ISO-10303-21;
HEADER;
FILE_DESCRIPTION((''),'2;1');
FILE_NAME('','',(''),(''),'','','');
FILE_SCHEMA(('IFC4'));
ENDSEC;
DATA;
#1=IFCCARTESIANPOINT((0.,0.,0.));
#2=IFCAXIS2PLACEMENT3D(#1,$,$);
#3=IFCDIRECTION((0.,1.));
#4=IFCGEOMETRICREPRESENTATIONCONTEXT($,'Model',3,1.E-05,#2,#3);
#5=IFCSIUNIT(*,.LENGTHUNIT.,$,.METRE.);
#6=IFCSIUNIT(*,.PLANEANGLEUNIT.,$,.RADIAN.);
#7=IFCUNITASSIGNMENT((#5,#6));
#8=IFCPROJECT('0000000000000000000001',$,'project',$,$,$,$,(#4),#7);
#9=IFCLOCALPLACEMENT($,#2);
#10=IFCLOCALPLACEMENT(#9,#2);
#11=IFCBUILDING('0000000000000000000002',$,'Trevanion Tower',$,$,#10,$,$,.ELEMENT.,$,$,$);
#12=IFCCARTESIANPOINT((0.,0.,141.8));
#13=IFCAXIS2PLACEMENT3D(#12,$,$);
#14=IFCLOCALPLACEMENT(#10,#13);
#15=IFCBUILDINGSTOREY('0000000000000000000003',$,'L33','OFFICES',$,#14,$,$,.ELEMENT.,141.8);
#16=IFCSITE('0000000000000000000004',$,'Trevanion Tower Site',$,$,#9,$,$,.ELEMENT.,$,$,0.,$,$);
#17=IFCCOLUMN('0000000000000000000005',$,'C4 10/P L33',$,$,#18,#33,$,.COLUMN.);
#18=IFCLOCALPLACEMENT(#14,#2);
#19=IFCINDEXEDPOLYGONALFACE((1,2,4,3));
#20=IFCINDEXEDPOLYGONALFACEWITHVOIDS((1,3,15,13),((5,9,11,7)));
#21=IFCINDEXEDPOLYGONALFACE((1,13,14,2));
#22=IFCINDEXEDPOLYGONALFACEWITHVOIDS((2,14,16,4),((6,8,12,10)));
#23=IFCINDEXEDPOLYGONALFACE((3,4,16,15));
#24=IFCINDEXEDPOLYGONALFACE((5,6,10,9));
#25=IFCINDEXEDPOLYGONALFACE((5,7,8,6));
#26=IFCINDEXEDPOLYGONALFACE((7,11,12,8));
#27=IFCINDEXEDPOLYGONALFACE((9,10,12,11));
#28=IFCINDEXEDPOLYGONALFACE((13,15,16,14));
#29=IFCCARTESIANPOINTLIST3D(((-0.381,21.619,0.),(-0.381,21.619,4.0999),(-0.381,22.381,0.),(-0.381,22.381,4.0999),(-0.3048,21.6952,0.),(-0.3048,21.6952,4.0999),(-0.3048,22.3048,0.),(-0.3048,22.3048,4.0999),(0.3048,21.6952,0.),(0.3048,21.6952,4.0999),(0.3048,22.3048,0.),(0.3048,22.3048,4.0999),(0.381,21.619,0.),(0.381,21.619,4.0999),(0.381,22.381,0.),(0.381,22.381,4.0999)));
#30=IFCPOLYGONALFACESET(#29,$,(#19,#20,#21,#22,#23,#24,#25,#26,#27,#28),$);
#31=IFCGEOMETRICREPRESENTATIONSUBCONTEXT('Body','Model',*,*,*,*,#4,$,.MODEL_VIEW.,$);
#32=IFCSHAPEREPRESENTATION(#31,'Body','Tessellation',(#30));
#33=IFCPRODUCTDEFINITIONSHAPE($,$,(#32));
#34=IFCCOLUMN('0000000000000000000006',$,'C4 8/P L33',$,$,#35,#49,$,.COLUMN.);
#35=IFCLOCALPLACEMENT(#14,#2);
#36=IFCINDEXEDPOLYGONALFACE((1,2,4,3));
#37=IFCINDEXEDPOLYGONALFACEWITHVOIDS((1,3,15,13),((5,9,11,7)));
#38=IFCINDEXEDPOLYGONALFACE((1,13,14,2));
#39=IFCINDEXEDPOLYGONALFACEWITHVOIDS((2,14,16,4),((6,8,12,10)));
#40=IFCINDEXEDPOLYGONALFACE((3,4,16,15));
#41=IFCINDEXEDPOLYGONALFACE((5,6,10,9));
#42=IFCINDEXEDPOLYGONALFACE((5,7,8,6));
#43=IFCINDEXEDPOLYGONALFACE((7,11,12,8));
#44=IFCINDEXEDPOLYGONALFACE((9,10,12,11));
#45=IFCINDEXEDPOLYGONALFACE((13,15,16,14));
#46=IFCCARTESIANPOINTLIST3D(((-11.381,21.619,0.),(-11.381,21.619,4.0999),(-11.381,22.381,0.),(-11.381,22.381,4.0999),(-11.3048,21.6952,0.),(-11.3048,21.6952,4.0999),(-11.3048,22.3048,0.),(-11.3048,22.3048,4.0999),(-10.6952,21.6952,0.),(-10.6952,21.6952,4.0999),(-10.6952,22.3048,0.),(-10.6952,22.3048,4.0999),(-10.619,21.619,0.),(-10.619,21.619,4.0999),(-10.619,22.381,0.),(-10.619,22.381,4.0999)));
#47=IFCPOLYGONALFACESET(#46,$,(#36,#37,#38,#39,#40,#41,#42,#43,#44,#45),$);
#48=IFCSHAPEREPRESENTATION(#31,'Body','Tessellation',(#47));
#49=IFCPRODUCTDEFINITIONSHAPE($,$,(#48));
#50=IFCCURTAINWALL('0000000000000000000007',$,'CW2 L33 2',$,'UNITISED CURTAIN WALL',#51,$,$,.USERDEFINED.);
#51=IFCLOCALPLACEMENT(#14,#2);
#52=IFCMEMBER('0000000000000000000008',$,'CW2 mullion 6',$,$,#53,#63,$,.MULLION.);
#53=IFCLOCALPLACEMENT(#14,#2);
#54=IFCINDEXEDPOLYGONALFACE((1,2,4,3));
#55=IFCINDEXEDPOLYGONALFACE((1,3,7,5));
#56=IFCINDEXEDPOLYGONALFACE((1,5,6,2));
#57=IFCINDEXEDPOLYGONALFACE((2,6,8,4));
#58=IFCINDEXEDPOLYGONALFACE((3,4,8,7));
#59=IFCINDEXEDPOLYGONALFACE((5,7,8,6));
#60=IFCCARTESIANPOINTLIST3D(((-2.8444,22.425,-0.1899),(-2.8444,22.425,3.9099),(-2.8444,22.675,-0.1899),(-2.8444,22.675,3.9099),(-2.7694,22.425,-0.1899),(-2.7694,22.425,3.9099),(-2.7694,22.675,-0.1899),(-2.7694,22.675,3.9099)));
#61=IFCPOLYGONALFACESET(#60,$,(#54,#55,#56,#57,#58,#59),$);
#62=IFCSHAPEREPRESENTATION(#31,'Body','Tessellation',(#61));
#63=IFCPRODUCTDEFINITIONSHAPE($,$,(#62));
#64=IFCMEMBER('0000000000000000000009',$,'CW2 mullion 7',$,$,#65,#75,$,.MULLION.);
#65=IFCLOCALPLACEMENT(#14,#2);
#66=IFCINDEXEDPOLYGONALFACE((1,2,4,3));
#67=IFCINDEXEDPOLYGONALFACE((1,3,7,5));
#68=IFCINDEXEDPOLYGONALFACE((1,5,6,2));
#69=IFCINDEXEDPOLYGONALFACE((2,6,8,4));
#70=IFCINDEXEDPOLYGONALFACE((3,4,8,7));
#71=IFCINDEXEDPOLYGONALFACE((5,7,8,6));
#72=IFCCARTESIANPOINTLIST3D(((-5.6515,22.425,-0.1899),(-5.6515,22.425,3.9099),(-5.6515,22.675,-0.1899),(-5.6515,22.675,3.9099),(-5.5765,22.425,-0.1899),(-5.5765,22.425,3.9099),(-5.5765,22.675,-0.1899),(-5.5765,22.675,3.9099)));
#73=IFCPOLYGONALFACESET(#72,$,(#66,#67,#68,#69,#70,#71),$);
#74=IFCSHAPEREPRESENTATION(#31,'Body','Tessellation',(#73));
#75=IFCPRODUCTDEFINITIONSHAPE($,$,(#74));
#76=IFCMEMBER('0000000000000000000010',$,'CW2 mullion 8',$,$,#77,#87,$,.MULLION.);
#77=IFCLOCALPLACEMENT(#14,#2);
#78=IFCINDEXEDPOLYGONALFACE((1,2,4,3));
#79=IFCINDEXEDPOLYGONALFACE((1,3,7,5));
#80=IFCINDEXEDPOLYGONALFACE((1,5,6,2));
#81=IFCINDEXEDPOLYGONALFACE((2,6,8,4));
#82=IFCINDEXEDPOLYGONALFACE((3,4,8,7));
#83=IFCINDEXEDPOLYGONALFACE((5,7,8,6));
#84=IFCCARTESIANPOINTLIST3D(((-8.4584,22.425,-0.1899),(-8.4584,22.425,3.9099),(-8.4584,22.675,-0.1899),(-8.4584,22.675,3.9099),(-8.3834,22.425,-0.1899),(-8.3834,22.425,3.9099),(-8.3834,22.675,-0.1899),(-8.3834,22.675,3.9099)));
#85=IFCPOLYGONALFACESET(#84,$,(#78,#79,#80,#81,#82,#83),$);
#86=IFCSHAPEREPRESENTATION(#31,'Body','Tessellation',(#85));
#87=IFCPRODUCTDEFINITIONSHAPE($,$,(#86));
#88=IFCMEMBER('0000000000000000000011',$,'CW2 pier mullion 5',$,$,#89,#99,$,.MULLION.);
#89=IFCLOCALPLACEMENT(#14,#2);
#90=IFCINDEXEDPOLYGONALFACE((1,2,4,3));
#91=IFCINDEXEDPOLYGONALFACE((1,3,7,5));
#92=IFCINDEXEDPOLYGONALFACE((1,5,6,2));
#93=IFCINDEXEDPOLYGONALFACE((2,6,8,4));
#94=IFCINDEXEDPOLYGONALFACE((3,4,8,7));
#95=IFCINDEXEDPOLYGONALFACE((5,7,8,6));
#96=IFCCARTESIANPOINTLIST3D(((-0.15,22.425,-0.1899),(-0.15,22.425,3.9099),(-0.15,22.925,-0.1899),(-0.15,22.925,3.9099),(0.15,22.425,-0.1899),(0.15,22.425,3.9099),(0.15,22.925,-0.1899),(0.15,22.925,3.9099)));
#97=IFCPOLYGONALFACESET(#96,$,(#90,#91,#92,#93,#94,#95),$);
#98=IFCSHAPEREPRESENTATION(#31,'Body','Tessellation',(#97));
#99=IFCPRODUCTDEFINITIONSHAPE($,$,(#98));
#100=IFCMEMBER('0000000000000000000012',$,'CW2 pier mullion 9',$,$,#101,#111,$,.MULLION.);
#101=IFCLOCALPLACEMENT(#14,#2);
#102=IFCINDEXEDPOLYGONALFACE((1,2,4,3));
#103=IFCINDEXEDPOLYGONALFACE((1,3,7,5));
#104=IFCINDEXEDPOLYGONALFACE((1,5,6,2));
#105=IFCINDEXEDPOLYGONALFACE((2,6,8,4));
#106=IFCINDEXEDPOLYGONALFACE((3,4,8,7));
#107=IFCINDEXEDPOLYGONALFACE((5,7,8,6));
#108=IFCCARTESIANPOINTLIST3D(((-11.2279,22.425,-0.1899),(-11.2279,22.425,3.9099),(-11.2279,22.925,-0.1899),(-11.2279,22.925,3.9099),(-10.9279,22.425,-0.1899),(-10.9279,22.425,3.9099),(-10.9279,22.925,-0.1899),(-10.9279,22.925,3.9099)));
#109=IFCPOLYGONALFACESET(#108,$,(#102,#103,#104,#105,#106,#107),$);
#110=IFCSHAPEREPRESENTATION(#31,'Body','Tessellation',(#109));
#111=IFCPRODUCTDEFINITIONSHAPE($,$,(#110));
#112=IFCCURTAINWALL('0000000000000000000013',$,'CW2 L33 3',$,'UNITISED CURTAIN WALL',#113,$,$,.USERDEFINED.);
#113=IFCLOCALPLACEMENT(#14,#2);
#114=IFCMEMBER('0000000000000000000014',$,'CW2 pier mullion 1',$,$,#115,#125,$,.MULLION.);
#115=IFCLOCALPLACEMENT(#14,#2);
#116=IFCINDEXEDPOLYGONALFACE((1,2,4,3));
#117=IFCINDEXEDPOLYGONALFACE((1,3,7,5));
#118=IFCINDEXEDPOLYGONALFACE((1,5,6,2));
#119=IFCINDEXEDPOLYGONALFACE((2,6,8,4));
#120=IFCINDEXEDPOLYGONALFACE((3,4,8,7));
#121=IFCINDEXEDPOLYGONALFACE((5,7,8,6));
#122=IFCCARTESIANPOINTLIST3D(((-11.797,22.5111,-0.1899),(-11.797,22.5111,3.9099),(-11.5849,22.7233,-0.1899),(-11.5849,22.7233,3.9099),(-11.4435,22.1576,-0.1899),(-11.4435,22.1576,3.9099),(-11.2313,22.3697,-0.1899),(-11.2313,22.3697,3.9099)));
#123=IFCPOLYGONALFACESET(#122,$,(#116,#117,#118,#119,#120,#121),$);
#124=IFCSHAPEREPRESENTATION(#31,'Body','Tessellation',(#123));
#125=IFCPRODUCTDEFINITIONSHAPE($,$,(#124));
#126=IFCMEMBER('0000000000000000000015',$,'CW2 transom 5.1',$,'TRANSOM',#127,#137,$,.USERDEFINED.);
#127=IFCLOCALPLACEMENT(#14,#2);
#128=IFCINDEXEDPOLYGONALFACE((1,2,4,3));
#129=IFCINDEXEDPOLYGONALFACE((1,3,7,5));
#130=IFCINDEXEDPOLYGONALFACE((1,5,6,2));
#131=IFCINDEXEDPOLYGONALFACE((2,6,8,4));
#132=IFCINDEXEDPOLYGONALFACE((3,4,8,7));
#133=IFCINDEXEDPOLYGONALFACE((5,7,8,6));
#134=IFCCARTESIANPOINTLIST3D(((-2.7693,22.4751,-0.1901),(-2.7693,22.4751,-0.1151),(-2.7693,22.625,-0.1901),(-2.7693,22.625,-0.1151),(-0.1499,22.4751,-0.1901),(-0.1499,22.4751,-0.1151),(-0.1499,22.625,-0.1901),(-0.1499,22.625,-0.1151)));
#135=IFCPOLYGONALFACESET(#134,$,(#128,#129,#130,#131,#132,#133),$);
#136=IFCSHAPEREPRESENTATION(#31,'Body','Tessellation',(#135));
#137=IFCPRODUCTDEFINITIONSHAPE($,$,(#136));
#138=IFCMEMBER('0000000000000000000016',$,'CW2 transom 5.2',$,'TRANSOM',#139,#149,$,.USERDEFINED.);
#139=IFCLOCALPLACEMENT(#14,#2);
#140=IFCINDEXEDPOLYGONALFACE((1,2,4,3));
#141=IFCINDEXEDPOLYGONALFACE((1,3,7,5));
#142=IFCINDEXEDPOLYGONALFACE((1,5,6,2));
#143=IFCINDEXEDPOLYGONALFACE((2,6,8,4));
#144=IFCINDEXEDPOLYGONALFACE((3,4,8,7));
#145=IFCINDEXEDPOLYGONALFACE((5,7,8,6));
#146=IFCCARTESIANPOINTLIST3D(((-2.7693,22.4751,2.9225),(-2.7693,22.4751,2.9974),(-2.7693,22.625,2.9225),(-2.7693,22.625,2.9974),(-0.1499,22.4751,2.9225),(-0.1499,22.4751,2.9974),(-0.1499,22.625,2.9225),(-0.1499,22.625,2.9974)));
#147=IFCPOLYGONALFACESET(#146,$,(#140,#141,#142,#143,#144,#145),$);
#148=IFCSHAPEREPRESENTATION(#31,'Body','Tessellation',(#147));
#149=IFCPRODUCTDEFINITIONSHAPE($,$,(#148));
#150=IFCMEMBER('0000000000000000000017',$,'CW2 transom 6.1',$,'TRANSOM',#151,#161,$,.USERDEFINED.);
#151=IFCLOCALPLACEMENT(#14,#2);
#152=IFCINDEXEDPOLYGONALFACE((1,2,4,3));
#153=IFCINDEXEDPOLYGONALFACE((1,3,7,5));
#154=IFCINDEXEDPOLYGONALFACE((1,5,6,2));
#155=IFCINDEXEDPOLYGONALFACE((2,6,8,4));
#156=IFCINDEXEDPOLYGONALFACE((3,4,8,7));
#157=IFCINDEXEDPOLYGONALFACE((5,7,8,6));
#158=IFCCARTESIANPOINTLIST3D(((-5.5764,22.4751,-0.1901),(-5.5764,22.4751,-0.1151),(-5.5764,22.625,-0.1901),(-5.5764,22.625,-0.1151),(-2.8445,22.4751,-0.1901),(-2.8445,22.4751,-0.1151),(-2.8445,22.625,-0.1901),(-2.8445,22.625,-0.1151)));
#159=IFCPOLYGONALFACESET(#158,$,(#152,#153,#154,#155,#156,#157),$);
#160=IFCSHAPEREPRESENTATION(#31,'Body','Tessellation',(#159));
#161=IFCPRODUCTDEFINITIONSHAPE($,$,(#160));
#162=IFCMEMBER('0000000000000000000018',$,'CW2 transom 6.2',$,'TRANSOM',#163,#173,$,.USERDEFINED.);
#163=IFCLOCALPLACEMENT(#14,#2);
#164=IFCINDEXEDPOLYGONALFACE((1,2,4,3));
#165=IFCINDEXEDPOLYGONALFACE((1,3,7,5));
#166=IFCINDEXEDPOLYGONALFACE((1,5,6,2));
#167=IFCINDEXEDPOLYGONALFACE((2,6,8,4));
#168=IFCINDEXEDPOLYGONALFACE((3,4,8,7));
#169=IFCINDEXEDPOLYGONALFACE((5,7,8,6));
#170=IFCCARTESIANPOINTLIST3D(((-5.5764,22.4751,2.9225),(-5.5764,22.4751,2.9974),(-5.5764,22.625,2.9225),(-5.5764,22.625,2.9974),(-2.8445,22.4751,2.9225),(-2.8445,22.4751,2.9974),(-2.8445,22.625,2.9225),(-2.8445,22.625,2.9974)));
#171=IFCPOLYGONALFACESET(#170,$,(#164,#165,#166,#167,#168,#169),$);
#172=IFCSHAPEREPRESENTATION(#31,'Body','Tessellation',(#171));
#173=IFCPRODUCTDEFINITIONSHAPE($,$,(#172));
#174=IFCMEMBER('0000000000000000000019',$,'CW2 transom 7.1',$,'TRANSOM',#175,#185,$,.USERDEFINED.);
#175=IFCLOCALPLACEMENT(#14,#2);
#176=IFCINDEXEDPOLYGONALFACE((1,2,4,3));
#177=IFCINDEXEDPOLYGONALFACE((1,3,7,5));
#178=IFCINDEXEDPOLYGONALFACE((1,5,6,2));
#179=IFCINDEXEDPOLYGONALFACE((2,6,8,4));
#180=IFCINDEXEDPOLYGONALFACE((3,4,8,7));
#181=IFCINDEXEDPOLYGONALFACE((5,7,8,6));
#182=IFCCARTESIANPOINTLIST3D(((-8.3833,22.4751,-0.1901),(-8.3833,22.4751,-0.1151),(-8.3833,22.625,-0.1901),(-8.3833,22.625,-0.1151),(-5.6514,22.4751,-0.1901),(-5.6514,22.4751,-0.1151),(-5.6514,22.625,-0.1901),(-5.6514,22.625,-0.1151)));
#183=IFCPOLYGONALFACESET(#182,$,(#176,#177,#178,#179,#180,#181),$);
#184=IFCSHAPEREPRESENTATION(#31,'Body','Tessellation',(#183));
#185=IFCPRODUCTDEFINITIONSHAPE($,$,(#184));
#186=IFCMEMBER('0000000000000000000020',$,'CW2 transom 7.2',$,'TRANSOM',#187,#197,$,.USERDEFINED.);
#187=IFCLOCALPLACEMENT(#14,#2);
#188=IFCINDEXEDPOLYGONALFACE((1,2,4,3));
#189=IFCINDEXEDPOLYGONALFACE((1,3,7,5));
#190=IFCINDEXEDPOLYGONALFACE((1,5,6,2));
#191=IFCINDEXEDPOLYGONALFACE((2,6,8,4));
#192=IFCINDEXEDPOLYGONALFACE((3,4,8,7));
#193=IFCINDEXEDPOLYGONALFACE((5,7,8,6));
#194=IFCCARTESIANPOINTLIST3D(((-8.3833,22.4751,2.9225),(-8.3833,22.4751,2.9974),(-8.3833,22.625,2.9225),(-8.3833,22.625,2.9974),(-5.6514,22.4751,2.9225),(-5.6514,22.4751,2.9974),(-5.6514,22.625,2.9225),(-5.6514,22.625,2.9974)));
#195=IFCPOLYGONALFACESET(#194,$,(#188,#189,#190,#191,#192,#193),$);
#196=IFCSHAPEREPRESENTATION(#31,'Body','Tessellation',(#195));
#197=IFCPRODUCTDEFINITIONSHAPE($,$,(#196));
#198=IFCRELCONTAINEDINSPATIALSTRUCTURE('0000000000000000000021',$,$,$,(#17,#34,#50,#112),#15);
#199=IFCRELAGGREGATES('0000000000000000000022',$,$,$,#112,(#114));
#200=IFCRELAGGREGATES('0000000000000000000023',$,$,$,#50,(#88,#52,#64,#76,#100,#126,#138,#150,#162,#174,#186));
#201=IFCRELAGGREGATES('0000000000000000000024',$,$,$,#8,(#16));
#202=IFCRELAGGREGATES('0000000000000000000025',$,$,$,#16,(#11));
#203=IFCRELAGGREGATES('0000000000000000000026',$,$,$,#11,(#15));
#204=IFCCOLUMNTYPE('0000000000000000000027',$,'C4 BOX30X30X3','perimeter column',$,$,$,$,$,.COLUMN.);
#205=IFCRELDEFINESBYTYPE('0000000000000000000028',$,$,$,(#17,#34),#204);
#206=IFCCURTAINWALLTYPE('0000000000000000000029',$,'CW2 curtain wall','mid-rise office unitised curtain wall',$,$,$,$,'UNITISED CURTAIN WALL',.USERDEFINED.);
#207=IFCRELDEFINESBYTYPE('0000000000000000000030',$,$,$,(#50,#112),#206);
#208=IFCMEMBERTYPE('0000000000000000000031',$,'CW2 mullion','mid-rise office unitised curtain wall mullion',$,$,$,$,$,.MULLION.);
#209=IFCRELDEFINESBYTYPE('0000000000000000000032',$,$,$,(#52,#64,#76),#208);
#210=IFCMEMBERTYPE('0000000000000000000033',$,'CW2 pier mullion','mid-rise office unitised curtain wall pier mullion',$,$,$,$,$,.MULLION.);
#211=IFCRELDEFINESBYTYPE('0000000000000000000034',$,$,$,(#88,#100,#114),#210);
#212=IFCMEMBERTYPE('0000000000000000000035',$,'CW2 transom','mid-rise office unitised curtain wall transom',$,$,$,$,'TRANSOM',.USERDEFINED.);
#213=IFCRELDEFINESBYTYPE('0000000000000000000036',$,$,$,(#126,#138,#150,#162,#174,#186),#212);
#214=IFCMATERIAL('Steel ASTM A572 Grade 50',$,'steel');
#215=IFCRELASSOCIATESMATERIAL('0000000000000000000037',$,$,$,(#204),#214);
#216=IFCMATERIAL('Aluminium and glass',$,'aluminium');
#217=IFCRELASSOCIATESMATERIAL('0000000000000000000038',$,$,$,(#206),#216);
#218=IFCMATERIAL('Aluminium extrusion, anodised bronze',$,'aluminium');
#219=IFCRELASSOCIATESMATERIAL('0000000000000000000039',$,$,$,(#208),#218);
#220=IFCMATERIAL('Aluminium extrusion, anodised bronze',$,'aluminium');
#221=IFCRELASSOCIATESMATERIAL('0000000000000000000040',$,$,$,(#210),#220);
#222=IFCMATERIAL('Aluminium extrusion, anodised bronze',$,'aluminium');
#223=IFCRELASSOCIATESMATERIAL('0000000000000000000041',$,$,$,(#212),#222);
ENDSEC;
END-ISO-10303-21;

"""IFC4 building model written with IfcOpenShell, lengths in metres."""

from ifc_helpers import new_model, si_unit, direction, frame, origin, origin_2d, place, context, subcontext, project, spatial, rectangle, hollow_rectangle, extrude, material, material_profile, profile_set, type_object, element, aggregate, save


model = new_model("IFC4")

# Units and contexts
model_context = context("Model", 3, precision=1e-05, world=origin(), true_north=direction((0.0, 1.0)))
body_context = subcontext(model_context, "Body", "Model", "MODEL_VIEW")
ifc_project = project(units=[si_unit("LENGTHUNIT", "METRE"), si_unit("PLANEANGLEUNIT", "RADIAN")], contexts=[model_context])

# Site, building, storey
site_placement = place(None, origin())
site = spatial("IfcSite", under=ifc_project, at=site_placement, Name="Trevanion Tower Site", CompositionType="ELEMENT", RefElevation=0.0)
building_placement = place(site_placement, origin())
building = spatial("IfcBuilding", under=site, at=building_placement, Name="Trevanion Tower", CompositionType="ELEMENT")
storey_placement = place(building_placement, frame((0.0, 0.0, 141.8)))
storey = spatial("IfcBuildingStorey", under=building, at=storey_placement, Name="L33", Description="OFFICES", CompositionType="ELEMENT", Elevation=141.8)

# Columns
ifc_material_1 = material(Name="Steel ASTM A572 Grade 50", Category="steel")
ifc_material_profile_1 = material_profile(ifc_material_1, hollow_rectangle(XDim=0.762, YDim=0.762, WallThickness=0.0762, at=origin_2d()), Name="BOX30X30X3")
ifc_profile_set_1 = profile_set([ifc_material_profile_1], Name="Steel ASTM A572 Grade 50")
column_type = type_object("IfcColumnType", Name="C4 BOX30X30X3", Description="perimeter column", PredefinedType="COLUMN", material=ifc_profile_set_1)
for number, where, z_axis, x_axis, name in (
    (1, (0.0, 22.0, 0.0), (0.0, 0.0, 1.0), (1.0, 0.0, 0.0), "C4 10/P L33"),
    (2, (-11.0, 22.0, 0.0), (0.0, 0.0, 1.0), (1.0, 0.0, 0.0), "C4 8/P L33"),
):
    element("IfcColumn", number, at=place(storey_placement, frame(where, z_axis=z_axis, x_axis=x_axis)), inside=storey, type_object=column_type, Name=name, PredefinedType="COLUMN", context=body_context, shape_type="SweptSolid", body=[
        extrude(hollow_rectangle(XDim=0.762, YDim=0.762, WallThickness=0.0762, at=origin_2d()), origin(), (0.0, 0.0, 1.0), 4.0999),
    ])

# Curtain wall, members
ifc_material_2 = material(Name="Aluminium and glass", Category="aluminium")
curtain_wall_type = type_object("IfcCurtainWallType", Name="CW2 curtain wall", Description="mid-rise office unitised curtain wall", ElementType="UNITISED CURTAIN WALL", PredefinedType="USERDEFINED", material=ifc_material_2)
curtain_wall_1_placement = place(storey_placement, origin())
curtain_wall_1 = element("IfcCurtainWall", 3, at=curtain_wall_1_placement, inside=storey, type_object=curtain_wall_type, Name="CW2 L33 2", ObjectType="UNITISED CURTAIN WALL", PredefinedType="USERDEFINED")
ifc_material_3 = material(Name="Aluminium extrusion, anodised bronze", Category="aluminium")
ifc_material_profile_2 = material_profile(ifc_material_3, rectangle(XDim=0.075, YDim=0.25, at=origin_2d()), Name="CW2 mullion")
ifc_profile_set_2 = profile_set([ifc_material_profile_2], Name="Aluminium extrusion, anodised bronze")
member_type_1 = type_object("IfcMemberType", Name="CW2 mullion", Description="mid-rise office unitised curtain wall mullion", PredefinedType="MULLION", material=ifc_profile_set_2)
member_1_placement = place(storey_placement, frame((-2.8069, 22.55, -0.1899), z_axis=(0.0, 0.0, 1.0), x_axis=(-1.0, 0.0, 0.0)))
member_1 = element("IfcMember", 4, at=member_1_placement, type_object=member_type_1, Name="CW2 mullion 6", PredefinedType="MULLION", context=body_context, shape_type="SweptSolid", body=[
    extrude(rectangle(XDim=0.075, YDim=0.25, at=origin_2d()), origin(), (0.0, 0.0, 1.0), 4.0999),
])
member_2_placement = place(storey_placement, frame((-5.614, 22.55, -0.1899), z_axis=(0.0, 0.0, 1.0), x_axis=(-1.0, 0.0, 0.0)))
member_2 = element("IfcMember", 5, at=member_2_placement, type_object=member_type_1, Name="CW2 mullion 7", PredefinedType="MULLION", context=body_context, shape_type="SweptSolid", body=[
    extrude(rectangle(XDim=0.075, YDim=0.25, at=origin_2d()), origin(), (0.0, 0.0, 1.0), 4.0999),
])
member_3_placement = place(storey_placement, frame((-8.4209, 22.55, -0.1899), z_axis=(0.0, 0.0, 1.0), x_axis=(-1.0, 0.0, 0.0)))
member_3 = element("IfcMember", 6, at=member_3_placement, type_object=member_type_1, Name="CW2 mullion 8", PredefinedType="MULLION", context=body_context, shape_type="SweptSolid", body=[
    extrude(rectangle(XDim=0.075, YDim=0.25, at=origin_2d()), origin(), (0.0, 0.0, 1.0), 4.0999),
])
ifc_material_4 = material(Name="Aluminium extrusion, anodised bronze", Category="aluminium")
ifc_material_profile_3 = material_profile(ifc_material_4, rectangle(XDim=0.3, YDim=0.5, at=origin_2d()), Name="CW2 pier mullion")
ifc_profile_set_3 = profile_set([ifc_material_profile_3], Name="Aluminium extrusion, anodised bronze")
member_type_2 = type_object("IfcMemberType", Name="CW2 pier mullion", Description="mid-rise office unitised curtain wall pier mullion", PredefinedType="MULLION", material=ifc_profile_set_3)
member_4_placement = place(storey_placement, frame((0.0, 22.675, -0.1899), z_axis=(0.0, 0.0, 1.0), x_axis=(-1.0, 0.0, 0.0)))
member_4 = element("IfcMember", 7, at=member_4_placement, type_object=member_type_2, Name="CW2 pier mullion 5", PredefinedType="MULLION", context=body_context, shape_type="SweptSolid", body=[
    extrude(rectangle(XDim=0.3, YDim=0.5, at=origin_2d()), origin(), (0.0, 0.0, 1.0), 4.0999),
])
member_5_placement = place(storey_placement, frame((-11.0779, 22.675, -0.1899), z_axis=(0.0, 0.0, 1.0), x_axis=(-1.0, 0.0, 0.0)))
member_5 = element("IfcMember", 8, at=member_5_placement, type_object=member_type_2, Name="CW2 pier mullion 9", PredefinedType="MULLION", context=body_context, shape_type="SweptSolid", body=[
    extrude(rectangle(XDim=0.3, YDim=0.5, at=origin_2d()), origin(), (0.0, 0.0, 1.0), 4.0999),
])

# Curtain wall, member
curtain_wall_2_placement = place(storey_placement, origin())
curtain_wall_2 = element("IfcCurtainWall", 9, at=curtain_wall_2_placement, inside=storey, type_object=curtain_wall_type, Name="CW2 L33 3", ObjectType="UNITISED CURTAIN WALL", PredefinedType="USERDEFINED")
member_6_placement = place(storey_placement, frame((-11.5142, 22.4404, -0.1899), z_axis=(0.0, 0.0, 1.0), x_axis=(-0.707107, -0.707107, 0.0)))
member_6 = element("IfcMember", 10, at=member_6_placement, type_object=member_type_2, Name="CW2 pier mullion 1", PredefinedType="MULLION", context=body_context, shape_type="SweptSolid", body=[
    extrude(rectangle(XDim=0.3, YDim=0.5, at=origin_2d()), origin(), (0.0, 0.0, 1.0), 4.0999),
])
aggregate(curtain_wall_2, [member_6])

# Members
ifc_material_5 = material(Name="Aluminium extrusion, anodised bronze", Category="aluminium")
ifc_material_profile_4 = material_profile(ifc_material_5, rectangle(XDim=0.1499, YDim=0.075, at=origin_2d()), Name="CW2 transom")
ifc_profile_set_4 = profile_set([ifc_material_profile_4], Name="Aluminium extrusion, anodised bronze")
member_type_3 = type_object("IfcMemberType", Name="CW2 transom", Description="mid-rise office unitised curtain wall transom", ElementType="TRANSOM", PredefinedType="USERDEFINED", material=ifc_profile_set_4)
member_7_placement = place(storey_placement, frame((-0.1499, 22.55, -0.1526), z_axis=(-1.0, 0.0, 0.0), x_axis=(0.0, -1.0, 0.0)))
member_7 = element("IfcMember", 11, at=member_7_placement, type_object=member_type_3, Name="CW2 transom 5.1", ObjectType="TRANSOM", PredefinedType="USERDEFINED", context=body_context, shape_type="SweptSolid", body=[
    extrude(rectangle(XDim=0.1499, YDim=0.075, at=origin_2d()), origin(), (0.0, 0.0, 1.0), 2.6194),
])
member_8_placement = place(storey_placement, frame((-0.1499, 22.55, 2.96), z_axis=(-1.0, 0.0, 0.0), x_axis=(0.0, -1.0, 0.0)))
member_8 = element("IfcMember", 12, at=member_8_placement, type_object=member_type_3, Name="CW2 transom 5.2", ObjectType="TRANSOM", PredefinedType="USERDEFINED", context=body_context, shape_type="SweptSolid", body=[
    extrude(rectangle(XDim=0.1499, YDim=0.075, at=origin_2d()), origin(), (0.0, 0.0, 1.0), 2.6194),
])
member_9_placement = place(storey_placement, frame((-2.8445, 22.55, -0.1526), z_axis=(-1.0, 0.0, 0.0), x_axis=(0.0, -1.0, 0.0)))
member_9 = element("IfcMember", 13, at=member_9_placement, type_object=member_type_3, Name="CW2 transom 6.1", ObjectType="TRANSOM", PredefinedType="USERDEFINED", context=body_context, shape_type="SweptSolid", body=[
    extrude(rectangle(XDim=0.1499, YDim=0.075, at=origin_2d()), origin(), (0.0, 0.0, 1.0), 2.7319),
])
member_10_placement = place(storey_placement, frame((-2.8445, 22.55, 2.96), z_axis=(-1.0, 0.0, 0.0), x_axis=(0.0, -1.0, 0.0)))
member_10 = element("IfcMember", 14, at=member_10_placement, type_object=member_type_3, Name="CW2 transom 6.2", ObjectType="TRANSOM", PredefinedType="USERDEFINED", context=body_context, shape_type="SweptSolid", body=[
    extrude(rectangle(XDim=0.1499, YDim=0.075, at=origin_2d()), origin(), (0.0, 0.0, 1.0), 2.7319),
])
member_11_placement = place(storey_placement, frame((-5.6514, 22.55, -0.1526), z_axis=(-1.0, 0.0, 0.0), x_axis=(0.0, -1.0, 0.0)))
member_11 = element("IfcMember", 15, at=member_11_placement, type_object=member_type_3, Name="CW2 transom 7.1", ObjectType="TRANSOM", PredefinedType="USERDEFINED", context=body_context, shape_type="SweptSolid", body=[
    extrude(rectangle(XDim=0.1499, YDim=0.075, at=origin_2d()), origin(), (0.0, 0.0, 1.0), 2.7319),
])
member_12_placement = place(storey_placement, frame((-5.6514, 22.55, 2.96), z_axis=(-1.0, 0.0, 0.0), x_axis=(0.0, -1.0, 0.0)))
member_12 = element("IfcMember", 16, at=member_12_placement, type_object=member_type_3, Name="CW2 transom 7.2", ObjectType="TRANSOM", PredefinedType="USERDEFINED", context=body_context, shape_type="SweptSolid", body=[
    extrude(rectangle(XDim=0.1499, YDim=0.075, at=origin_2d()), origin(), (0.0, 0.0, 1.0), 2.7319),
])

aggregate(curtain_wall_1, [member_4, member_1, member_2, member_3, member_5, member_7, member_8, member_9, member_10, member_11, member_12])

save(model, "model.ifc")
